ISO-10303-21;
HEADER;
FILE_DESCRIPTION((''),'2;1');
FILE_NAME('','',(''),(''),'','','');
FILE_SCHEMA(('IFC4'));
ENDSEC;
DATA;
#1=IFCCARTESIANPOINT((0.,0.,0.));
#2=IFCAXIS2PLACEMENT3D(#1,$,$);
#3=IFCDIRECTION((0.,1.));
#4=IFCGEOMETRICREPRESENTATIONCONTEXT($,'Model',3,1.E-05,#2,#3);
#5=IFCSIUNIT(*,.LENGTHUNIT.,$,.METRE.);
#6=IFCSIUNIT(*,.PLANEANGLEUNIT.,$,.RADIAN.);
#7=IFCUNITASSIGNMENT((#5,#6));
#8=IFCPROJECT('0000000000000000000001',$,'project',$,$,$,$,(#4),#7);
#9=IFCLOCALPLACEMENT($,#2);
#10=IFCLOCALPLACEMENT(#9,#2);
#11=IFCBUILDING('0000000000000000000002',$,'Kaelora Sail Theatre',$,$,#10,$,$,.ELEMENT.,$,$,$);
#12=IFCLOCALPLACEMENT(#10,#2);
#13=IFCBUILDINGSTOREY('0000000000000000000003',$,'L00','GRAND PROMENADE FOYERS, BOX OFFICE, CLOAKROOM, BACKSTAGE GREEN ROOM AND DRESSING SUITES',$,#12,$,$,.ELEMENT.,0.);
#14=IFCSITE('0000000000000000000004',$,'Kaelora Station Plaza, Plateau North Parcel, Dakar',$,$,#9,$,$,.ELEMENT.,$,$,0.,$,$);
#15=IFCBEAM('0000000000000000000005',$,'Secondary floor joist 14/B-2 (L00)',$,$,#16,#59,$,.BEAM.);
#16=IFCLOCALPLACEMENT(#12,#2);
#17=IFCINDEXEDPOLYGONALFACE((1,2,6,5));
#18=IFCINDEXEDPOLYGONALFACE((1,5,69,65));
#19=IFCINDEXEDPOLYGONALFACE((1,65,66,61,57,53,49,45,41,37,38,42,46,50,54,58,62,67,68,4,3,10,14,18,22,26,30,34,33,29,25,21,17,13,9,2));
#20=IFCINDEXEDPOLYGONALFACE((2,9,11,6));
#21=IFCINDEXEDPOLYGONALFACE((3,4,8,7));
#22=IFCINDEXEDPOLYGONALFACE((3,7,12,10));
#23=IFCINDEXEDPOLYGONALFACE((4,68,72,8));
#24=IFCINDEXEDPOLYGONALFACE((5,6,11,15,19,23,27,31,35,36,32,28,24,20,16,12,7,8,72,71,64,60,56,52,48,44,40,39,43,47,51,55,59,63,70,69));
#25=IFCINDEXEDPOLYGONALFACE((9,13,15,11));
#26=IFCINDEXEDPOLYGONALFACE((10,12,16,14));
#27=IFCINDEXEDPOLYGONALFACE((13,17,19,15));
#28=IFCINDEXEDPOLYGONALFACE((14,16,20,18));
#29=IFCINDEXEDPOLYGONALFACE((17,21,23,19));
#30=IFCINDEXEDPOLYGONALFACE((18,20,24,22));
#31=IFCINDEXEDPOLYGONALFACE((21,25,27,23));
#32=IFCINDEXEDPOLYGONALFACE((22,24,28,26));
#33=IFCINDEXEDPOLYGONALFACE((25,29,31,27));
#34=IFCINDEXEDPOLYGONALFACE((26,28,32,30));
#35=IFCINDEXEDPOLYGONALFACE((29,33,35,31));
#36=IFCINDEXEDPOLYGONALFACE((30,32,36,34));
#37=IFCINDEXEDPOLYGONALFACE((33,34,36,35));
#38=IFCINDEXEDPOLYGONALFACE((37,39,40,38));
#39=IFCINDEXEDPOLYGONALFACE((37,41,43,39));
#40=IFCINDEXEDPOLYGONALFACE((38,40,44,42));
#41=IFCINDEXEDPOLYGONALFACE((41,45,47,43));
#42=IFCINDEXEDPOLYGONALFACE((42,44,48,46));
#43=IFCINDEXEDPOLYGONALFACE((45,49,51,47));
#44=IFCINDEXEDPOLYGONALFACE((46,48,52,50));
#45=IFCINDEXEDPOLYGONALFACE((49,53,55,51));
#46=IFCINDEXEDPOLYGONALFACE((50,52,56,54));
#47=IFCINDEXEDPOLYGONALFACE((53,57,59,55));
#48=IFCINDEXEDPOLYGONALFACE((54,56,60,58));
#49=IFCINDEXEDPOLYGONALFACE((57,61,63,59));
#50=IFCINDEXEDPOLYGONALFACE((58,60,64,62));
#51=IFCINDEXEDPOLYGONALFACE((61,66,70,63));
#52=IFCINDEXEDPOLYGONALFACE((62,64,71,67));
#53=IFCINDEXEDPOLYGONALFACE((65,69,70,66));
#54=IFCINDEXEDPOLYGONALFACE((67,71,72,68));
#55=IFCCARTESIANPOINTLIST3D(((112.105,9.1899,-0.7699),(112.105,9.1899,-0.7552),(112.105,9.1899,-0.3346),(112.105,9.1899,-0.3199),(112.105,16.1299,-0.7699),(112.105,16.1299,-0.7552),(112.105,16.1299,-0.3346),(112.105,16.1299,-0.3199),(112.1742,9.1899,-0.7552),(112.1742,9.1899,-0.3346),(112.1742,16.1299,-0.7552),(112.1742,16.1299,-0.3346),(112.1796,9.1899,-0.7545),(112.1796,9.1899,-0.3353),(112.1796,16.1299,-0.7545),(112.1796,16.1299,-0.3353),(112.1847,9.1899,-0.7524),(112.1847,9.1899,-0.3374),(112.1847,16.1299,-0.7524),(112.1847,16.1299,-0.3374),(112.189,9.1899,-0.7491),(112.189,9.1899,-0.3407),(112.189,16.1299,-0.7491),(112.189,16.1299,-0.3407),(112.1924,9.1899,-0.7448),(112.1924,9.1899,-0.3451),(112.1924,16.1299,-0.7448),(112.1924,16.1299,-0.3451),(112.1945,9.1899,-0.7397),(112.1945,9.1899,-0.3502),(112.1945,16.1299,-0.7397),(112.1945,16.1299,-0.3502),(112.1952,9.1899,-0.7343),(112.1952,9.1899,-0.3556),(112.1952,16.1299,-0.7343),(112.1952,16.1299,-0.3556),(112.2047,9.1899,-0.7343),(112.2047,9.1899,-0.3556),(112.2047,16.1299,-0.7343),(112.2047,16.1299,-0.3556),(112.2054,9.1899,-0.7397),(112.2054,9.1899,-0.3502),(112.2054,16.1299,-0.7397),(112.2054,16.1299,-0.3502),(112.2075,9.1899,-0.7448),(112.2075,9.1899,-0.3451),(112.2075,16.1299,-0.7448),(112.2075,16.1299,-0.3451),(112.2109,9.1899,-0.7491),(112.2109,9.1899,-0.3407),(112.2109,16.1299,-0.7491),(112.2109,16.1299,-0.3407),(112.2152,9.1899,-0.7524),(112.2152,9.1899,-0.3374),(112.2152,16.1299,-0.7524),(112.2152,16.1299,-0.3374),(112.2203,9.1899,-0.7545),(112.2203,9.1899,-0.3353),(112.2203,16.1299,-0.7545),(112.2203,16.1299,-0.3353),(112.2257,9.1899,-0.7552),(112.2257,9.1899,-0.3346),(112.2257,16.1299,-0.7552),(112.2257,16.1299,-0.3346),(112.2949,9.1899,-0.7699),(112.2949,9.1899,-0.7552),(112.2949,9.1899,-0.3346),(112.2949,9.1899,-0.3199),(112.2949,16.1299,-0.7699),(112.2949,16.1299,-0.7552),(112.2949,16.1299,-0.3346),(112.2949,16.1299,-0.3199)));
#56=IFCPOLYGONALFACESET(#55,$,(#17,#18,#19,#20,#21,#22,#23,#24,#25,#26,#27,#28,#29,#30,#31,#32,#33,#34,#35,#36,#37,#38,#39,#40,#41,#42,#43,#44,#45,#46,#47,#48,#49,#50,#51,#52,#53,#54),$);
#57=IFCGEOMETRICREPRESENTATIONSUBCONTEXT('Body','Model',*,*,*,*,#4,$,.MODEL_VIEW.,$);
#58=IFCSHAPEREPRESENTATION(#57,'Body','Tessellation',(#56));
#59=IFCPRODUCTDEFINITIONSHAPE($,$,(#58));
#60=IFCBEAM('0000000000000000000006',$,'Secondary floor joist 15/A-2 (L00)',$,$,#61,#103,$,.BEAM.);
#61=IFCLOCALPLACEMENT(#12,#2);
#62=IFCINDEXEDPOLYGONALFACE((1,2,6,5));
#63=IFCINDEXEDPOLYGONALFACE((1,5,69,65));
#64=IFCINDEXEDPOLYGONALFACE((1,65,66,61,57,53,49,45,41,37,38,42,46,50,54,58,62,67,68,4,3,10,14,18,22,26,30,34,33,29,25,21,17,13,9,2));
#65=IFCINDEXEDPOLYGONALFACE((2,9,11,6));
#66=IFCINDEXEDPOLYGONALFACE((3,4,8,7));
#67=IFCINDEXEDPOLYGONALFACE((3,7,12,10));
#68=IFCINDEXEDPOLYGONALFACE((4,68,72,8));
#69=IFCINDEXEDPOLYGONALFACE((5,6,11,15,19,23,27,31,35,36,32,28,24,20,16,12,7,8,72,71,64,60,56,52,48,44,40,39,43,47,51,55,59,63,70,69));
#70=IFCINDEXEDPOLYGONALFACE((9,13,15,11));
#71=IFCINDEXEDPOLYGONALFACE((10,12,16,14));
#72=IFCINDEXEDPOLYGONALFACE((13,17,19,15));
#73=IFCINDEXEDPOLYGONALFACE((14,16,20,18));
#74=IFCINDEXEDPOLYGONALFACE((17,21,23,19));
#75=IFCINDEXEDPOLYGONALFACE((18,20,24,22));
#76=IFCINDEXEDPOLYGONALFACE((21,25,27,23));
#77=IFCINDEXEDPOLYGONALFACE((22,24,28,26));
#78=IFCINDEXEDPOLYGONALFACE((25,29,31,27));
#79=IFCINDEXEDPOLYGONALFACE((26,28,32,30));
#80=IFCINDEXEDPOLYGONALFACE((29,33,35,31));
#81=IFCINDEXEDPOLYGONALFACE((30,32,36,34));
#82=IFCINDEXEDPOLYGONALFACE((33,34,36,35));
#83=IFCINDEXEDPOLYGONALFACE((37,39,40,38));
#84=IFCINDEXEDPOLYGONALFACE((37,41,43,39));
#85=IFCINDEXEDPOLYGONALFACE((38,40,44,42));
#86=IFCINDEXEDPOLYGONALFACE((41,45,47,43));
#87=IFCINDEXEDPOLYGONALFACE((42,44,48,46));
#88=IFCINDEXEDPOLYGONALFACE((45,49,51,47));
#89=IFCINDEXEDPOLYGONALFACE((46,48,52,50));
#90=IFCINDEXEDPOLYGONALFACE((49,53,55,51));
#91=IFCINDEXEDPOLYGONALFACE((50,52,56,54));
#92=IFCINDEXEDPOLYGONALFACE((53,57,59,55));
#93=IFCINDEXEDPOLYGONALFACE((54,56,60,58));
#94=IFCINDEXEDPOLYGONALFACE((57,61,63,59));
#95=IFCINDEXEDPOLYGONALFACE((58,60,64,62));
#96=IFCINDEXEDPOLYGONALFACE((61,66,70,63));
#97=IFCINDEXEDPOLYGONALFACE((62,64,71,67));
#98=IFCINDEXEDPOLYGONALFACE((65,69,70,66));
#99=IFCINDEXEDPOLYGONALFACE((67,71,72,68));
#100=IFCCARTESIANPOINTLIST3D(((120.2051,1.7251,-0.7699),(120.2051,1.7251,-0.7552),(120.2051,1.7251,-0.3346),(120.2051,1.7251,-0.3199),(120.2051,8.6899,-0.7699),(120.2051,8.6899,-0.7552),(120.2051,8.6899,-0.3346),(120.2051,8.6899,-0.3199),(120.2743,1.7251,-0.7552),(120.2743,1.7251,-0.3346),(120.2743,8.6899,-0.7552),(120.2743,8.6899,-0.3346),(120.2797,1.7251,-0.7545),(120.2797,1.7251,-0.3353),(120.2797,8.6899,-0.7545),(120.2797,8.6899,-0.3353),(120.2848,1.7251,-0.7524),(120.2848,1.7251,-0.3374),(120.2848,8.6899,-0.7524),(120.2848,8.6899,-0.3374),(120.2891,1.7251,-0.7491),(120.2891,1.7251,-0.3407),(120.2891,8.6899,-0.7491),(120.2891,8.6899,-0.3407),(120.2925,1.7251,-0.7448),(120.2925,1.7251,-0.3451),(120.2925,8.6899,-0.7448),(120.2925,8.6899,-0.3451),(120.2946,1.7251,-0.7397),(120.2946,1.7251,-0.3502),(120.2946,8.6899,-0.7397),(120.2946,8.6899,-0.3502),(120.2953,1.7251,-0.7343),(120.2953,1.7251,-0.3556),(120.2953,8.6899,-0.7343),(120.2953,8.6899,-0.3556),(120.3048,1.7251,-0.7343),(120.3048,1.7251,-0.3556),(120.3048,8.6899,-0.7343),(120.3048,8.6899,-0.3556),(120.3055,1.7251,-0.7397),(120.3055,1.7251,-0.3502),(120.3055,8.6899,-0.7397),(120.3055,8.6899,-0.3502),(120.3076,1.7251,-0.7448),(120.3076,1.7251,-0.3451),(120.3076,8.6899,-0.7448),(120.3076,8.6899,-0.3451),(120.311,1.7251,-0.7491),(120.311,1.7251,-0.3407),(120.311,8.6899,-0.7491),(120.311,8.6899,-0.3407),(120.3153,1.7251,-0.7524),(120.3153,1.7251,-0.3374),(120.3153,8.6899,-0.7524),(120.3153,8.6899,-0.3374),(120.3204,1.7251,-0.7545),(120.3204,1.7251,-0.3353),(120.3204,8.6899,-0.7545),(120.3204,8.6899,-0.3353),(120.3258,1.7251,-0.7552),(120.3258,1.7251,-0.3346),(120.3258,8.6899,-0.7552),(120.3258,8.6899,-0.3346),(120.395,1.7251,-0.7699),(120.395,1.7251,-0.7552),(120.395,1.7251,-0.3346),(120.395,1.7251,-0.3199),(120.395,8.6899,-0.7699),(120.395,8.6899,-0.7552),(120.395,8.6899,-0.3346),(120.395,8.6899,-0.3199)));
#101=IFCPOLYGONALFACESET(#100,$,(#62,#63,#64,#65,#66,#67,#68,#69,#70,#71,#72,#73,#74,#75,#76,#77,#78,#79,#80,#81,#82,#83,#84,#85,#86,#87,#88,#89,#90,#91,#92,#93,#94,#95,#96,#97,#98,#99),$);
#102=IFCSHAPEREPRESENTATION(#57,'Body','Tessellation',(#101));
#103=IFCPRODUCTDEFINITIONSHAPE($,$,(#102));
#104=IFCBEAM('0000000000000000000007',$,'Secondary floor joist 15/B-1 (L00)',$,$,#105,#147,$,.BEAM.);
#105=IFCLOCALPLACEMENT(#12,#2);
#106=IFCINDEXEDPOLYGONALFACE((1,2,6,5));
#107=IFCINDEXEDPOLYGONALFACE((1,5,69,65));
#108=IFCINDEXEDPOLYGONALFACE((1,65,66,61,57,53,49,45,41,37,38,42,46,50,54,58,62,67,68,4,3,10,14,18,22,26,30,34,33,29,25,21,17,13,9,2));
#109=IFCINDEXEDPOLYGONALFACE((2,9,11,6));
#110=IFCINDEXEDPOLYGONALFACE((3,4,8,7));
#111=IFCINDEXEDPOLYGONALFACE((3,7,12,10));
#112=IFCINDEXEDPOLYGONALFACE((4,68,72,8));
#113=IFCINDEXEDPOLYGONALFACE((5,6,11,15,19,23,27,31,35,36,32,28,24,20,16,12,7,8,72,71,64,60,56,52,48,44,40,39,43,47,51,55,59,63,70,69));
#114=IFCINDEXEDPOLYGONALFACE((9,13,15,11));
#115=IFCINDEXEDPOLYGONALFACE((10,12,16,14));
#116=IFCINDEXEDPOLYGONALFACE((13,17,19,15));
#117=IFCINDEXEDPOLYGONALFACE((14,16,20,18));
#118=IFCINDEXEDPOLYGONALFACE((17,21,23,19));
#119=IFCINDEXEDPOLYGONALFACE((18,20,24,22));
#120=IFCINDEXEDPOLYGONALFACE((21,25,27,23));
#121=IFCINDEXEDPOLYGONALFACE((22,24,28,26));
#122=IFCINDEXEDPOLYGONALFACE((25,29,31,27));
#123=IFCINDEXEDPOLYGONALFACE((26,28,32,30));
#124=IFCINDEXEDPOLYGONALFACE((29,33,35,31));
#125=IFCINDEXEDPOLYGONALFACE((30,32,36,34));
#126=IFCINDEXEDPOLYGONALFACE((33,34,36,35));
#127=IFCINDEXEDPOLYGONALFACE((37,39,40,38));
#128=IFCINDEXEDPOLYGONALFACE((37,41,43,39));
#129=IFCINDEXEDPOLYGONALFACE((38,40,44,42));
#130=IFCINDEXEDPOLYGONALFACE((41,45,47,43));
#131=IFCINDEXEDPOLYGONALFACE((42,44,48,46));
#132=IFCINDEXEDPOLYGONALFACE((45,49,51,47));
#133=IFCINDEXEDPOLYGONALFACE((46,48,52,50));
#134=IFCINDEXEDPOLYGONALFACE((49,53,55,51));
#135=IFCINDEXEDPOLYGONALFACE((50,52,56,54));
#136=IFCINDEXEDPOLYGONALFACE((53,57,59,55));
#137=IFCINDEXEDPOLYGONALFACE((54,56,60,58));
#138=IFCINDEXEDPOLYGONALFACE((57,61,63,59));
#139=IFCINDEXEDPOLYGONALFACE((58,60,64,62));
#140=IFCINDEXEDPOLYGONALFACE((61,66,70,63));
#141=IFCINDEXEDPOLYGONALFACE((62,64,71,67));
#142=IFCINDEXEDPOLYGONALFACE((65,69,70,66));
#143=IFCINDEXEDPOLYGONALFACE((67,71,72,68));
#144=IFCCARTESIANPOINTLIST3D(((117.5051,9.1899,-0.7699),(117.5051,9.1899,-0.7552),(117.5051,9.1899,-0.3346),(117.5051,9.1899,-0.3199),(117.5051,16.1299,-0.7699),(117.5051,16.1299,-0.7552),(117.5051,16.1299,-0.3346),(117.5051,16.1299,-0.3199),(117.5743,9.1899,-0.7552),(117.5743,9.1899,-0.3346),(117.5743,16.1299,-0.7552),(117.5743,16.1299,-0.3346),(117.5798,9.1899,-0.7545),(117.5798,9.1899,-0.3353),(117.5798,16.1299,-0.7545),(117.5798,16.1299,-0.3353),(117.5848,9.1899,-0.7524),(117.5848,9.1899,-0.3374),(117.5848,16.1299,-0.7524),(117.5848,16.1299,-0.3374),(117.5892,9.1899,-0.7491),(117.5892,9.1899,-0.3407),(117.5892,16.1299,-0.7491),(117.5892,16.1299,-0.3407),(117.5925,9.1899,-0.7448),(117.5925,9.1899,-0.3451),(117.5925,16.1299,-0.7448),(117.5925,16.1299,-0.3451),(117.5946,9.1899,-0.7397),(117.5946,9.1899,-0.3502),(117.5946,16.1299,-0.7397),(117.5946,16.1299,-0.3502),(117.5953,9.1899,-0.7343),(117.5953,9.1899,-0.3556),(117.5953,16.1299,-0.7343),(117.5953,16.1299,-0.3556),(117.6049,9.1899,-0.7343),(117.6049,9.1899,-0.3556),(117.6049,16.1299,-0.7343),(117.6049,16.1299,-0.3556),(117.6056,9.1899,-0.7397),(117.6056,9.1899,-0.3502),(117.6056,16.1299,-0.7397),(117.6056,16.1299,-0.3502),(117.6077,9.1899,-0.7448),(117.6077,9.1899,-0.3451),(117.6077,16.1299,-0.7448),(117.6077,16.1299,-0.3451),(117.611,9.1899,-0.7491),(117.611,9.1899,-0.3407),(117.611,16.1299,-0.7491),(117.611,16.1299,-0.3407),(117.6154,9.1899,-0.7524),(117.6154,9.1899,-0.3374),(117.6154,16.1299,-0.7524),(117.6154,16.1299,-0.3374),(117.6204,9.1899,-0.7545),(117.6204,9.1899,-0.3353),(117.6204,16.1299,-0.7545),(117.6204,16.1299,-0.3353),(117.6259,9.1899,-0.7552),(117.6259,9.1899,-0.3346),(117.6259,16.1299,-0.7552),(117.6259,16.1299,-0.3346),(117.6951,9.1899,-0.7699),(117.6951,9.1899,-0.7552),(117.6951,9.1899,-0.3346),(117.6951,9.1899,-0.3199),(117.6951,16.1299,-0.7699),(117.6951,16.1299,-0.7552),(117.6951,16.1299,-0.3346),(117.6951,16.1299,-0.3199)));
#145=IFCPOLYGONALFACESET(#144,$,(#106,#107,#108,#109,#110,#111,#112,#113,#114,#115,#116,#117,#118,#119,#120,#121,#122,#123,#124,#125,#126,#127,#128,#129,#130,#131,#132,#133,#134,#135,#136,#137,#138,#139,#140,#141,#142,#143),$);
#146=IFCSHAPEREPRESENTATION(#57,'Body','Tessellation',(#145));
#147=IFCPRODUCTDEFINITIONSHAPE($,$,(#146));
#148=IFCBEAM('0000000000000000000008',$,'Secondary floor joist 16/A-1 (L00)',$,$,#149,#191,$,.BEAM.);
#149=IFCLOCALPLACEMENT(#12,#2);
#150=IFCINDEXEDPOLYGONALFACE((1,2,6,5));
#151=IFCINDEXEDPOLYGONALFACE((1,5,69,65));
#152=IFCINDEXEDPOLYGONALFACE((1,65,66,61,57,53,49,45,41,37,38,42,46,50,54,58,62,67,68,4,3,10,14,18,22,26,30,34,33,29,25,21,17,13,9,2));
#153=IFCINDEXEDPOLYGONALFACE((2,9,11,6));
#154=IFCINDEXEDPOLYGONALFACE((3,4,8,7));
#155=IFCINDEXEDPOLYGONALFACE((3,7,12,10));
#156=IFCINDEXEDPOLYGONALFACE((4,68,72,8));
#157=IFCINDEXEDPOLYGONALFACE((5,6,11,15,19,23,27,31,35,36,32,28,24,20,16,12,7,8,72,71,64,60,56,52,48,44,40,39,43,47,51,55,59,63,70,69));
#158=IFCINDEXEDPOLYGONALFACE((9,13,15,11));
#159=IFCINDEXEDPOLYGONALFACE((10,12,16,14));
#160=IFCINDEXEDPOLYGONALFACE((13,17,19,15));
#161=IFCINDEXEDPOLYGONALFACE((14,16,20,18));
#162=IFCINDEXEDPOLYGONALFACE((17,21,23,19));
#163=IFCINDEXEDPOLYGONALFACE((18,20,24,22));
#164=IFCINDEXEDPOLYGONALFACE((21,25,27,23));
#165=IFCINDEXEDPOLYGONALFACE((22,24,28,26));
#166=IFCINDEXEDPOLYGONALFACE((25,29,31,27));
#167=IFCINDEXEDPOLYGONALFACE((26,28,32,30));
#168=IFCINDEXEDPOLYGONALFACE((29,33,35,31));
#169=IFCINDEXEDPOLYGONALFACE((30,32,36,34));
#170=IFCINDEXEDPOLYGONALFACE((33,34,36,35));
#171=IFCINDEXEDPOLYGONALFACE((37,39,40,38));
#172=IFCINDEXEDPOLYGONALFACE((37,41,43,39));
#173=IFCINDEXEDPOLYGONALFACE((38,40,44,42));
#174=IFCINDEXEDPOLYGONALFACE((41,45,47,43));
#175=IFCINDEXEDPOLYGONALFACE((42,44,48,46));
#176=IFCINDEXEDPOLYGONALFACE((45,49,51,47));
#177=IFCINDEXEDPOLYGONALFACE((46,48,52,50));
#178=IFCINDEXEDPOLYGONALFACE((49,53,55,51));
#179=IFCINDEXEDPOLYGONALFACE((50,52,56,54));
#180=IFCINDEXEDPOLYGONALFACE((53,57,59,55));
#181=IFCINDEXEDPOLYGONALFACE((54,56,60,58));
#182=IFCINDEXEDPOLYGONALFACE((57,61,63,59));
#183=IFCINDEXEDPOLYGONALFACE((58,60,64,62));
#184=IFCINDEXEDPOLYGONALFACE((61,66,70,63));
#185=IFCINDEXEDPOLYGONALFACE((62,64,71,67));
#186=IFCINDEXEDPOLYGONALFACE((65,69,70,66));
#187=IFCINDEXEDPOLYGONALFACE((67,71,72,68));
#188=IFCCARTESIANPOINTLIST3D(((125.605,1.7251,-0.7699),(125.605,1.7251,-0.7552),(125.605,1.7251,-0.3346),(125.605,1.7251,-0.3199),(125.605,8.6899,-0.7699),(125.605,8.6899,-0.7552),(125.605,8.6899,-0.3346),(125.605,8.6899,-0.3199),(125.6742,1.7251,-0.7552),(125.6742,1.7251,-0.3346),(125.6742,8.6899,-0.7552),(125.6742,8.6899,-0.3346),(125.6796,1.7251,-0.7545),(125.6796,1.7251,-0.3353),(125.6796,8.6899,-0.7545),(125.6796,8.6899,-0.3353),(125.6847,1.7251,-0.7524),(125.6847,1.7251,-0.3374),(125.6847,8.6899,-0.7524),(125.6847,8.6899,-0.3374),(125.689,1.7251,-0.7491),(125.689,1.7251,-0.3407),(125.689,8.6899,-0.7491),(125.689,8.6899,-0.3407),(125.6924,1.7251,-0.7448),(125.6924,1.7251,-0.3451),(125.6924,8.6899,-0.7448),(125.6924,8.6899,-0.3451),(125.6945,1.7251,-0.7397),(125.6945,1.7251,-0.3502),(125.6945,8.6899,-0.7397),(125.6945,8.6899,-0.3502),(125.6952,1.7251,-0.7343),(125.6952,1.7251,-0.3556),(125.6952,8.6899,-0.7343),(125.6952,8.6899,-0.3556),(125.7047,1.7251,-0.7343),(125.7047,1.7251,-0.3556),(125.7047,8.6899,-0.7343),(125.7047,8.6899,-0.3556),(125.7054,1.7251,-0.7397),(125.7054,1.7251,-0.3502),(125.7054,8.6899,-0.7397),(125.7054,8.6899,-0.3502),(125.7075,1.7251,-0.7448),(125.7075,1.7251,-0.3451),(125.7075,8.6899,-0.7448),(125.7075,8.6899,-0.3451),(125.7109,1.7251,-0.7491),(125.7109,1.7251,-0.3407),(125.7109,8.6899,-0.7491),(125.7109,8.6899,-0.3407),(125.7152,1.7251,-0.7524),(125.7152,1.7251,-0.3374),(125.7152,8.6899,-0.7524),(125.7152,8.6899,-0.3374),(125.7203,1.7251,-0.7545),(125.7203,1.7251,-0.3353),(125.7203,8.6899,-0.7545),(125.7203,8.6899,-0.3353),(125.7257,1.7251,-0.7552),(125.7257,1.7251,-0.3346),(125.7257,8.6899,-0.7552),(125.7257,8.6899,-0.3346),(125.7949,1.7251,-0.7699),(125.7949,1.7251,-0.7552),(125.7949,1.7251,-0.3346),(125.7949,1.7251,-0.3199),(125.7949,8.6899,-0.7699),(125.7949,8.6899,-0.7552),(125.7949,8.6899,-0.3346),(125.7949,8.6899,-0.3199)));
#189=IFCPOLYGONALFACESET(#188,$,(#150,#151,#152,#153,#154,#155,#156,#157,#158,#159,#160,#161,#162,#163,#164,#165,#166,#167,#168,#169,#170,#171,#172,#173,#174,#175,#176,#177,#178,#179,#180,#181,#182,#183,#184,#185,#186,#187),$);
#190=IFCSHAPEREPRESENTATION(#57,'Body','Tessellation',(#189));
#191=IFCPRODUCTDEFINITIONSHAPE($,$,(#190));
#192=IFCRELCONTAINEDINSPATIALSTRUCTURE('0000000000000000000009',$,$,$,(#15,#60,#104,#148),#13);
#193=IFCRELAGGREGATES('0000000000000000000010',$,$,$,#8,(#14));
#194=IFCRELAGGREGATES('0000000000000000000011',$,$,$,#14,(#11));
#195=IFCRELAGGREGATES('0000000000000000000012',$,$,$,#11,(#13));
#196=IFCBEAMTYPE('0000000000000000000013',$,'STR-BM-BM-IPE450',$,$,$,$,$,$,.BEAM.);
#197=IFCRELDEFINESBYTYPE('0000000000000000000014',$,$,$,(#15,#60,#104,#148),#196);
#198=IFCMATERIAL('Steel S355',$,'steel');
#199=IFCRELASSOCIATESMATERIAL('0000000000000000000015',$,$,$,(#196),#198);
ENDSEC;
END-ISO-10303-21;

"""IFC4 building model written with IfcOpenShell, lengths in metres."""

from ifc_helpers import new_model, si_unit, direction, frame, origin, origin_2d, place, context, subcontext, project, spatial, i_section, extrude, material, material_profile, profile_set, type_object, element, save


model = new_model("IFC4")

# Units and contexts
model_context = context("Model", 3, precision=1e-05, world=origin(), true_north=direction((0.0, 1.0)))
body_context = subcontext(model_context, "Body", "Model", "MODEL_VIEW")
ifc_project = project(units=[si_unit("LENGTHUNIT", "METRE"), si_unit("PLANEANGLEUNIT", "RADIAN")], contexts=[model_context])

# Site, building, storey
site_placement = place(None, origin())
site = spatial("IfcSite", under=ifc_project, at=site_placement, Name="Kaelora Station Plaza, Plateau North Parcel, Dakar", CompositionType="ELEMENT", RefElevation=0.0)
building_placement = place(site_placement, origin())
building = spatial("IfcBuilding", under=site, at=building_placement, Name="Kaelora Sail Theatre", CompositionType="ELEMENT")
storey_placement = place(building_placement, origin())
storey = spatial("IfcBuildingStorey", under=building, at=storey_placement, Name="L00", Description="GRAND PROMENADE FOYERS, BOX OFFICE, CLOAKROOM, BACKSTAGE GREEN ROOM AND DRESSING SUITES", CompositionType="ELEMENT", Elevation=0.0)

# Beams
ifc_material_1 = material(Name="Steel S355", Category="steel")
ifc_material_profile_1 = material_profile(ifc_material_1, i_section(OverallWidth=0.1899, OverallDepth=0.45, WebThickness=0.0095, FlangeThickness=0.0146, FilletRadius=0.021, at=origin_2d()), Name="IPE 450")
ifc_profile_set_1 = profile_set([ifc_material_profile_1], Name="Steel S355")
beam_type_1 = type_object("IfcBeamType", Name="STR-BM-BM-IPE450", PredefinedType="BEAM", material=ifc_profile_set_1)
beam_1_placement = place(storey_placement, frame((112.2, 9.1899, -0.5449), z_axis=(0.0, 1.0, 0.0), x_axis=(-1.0, 0.0, 0.0)))
element("IfcBeam", 1, at=beam_1_placement, inside=storey, type_object=beam_type_1, Name="Secondary floor joist 14/B-2 (L00)", PredefinedType="BEAM", context=body_context, shape_type="SweptSolid", body=[
    extrude(i_section(OverallWidth=0.1899, OverallDepth=0.45, WebThickness=0.0095, FlangeThickness=0.0146, FilletRadius=0.021, at=origin_2d()), origin(), (0.0, 0.0, 1.0), 6.9399),
])
beam_2_placement = place(storey_placement, frame((120.3, 1.7251, -0.5449), z_axis=(0.0, 1.0, 0.0), x_axis=(-1.0, 0.0, 0.0)))
element("IfcBeam", 2, at=beam_2_placement, inside=storey, type_object=beam_type_1, Name="Secondary floor joist 15/A-2 (L00)", PredefinedType="BEAM", context=body_context, shape_type="SweptSolid", body=[
    extrude(i_section(OverallWidth=0.1899, OverallDepth=0.45, WebThickness=0.0095, FlangeThickness=0.0146, FilletRadius=0.021, at=origin_2d()), origin(), (0.0, 0.0, 1.0), 6.9648),
])
beam_3_placement = place(storey_placement, frame((117.6001, 9.1899, -0.5449), z_axis=(0.0, 1.0, 0.0), x_axis=(-1.0, 0.0, 0.0)))
element("IfcBeam", 3, at=beam_3_placement, inside=storey, type_object=beam_type_1, Name="Secondary floor joist 15/B-1 (L00)", PredefinedType="BEAM", context=body_context, shape_type="SweptSolid", body=[
    extrude(i_section(OverallWidth=0.1899, OverallDepth=0.45, WebThickness=0.0095, FlangeThickness=0.0146, FilletRadius=0.021, at=origin_2d()), origin(), (0.0, 0.0, 1.0), 6.9399),
])
beam_4_placement = place(storey_placement, frame((125.7, 1.7251, -0.5449), z_axis=(0.0, 1.0, 0.0), x_axis=(-1.0, 0.0, 0.0)))
element("IfcBeam", 4, at=beam_4_placement, inside=storey, type_object=beam_type_1, Name="Secondary floor joist 16/A-1 (L00)", PredefinedType="BEAM", context=body_context, shape_type="SweptSolid", body=[
    extrude(i_section(OverallWidth=0.1899, OverallDepth=0.45, WebThickness=0.0095, FlangeThickness=0.0146, FilletRadius=0.021, at=origin_2d()), origin(), (0.0, 0.0, 1.0), 6.9648),
])

save(model, "model.ifc")
